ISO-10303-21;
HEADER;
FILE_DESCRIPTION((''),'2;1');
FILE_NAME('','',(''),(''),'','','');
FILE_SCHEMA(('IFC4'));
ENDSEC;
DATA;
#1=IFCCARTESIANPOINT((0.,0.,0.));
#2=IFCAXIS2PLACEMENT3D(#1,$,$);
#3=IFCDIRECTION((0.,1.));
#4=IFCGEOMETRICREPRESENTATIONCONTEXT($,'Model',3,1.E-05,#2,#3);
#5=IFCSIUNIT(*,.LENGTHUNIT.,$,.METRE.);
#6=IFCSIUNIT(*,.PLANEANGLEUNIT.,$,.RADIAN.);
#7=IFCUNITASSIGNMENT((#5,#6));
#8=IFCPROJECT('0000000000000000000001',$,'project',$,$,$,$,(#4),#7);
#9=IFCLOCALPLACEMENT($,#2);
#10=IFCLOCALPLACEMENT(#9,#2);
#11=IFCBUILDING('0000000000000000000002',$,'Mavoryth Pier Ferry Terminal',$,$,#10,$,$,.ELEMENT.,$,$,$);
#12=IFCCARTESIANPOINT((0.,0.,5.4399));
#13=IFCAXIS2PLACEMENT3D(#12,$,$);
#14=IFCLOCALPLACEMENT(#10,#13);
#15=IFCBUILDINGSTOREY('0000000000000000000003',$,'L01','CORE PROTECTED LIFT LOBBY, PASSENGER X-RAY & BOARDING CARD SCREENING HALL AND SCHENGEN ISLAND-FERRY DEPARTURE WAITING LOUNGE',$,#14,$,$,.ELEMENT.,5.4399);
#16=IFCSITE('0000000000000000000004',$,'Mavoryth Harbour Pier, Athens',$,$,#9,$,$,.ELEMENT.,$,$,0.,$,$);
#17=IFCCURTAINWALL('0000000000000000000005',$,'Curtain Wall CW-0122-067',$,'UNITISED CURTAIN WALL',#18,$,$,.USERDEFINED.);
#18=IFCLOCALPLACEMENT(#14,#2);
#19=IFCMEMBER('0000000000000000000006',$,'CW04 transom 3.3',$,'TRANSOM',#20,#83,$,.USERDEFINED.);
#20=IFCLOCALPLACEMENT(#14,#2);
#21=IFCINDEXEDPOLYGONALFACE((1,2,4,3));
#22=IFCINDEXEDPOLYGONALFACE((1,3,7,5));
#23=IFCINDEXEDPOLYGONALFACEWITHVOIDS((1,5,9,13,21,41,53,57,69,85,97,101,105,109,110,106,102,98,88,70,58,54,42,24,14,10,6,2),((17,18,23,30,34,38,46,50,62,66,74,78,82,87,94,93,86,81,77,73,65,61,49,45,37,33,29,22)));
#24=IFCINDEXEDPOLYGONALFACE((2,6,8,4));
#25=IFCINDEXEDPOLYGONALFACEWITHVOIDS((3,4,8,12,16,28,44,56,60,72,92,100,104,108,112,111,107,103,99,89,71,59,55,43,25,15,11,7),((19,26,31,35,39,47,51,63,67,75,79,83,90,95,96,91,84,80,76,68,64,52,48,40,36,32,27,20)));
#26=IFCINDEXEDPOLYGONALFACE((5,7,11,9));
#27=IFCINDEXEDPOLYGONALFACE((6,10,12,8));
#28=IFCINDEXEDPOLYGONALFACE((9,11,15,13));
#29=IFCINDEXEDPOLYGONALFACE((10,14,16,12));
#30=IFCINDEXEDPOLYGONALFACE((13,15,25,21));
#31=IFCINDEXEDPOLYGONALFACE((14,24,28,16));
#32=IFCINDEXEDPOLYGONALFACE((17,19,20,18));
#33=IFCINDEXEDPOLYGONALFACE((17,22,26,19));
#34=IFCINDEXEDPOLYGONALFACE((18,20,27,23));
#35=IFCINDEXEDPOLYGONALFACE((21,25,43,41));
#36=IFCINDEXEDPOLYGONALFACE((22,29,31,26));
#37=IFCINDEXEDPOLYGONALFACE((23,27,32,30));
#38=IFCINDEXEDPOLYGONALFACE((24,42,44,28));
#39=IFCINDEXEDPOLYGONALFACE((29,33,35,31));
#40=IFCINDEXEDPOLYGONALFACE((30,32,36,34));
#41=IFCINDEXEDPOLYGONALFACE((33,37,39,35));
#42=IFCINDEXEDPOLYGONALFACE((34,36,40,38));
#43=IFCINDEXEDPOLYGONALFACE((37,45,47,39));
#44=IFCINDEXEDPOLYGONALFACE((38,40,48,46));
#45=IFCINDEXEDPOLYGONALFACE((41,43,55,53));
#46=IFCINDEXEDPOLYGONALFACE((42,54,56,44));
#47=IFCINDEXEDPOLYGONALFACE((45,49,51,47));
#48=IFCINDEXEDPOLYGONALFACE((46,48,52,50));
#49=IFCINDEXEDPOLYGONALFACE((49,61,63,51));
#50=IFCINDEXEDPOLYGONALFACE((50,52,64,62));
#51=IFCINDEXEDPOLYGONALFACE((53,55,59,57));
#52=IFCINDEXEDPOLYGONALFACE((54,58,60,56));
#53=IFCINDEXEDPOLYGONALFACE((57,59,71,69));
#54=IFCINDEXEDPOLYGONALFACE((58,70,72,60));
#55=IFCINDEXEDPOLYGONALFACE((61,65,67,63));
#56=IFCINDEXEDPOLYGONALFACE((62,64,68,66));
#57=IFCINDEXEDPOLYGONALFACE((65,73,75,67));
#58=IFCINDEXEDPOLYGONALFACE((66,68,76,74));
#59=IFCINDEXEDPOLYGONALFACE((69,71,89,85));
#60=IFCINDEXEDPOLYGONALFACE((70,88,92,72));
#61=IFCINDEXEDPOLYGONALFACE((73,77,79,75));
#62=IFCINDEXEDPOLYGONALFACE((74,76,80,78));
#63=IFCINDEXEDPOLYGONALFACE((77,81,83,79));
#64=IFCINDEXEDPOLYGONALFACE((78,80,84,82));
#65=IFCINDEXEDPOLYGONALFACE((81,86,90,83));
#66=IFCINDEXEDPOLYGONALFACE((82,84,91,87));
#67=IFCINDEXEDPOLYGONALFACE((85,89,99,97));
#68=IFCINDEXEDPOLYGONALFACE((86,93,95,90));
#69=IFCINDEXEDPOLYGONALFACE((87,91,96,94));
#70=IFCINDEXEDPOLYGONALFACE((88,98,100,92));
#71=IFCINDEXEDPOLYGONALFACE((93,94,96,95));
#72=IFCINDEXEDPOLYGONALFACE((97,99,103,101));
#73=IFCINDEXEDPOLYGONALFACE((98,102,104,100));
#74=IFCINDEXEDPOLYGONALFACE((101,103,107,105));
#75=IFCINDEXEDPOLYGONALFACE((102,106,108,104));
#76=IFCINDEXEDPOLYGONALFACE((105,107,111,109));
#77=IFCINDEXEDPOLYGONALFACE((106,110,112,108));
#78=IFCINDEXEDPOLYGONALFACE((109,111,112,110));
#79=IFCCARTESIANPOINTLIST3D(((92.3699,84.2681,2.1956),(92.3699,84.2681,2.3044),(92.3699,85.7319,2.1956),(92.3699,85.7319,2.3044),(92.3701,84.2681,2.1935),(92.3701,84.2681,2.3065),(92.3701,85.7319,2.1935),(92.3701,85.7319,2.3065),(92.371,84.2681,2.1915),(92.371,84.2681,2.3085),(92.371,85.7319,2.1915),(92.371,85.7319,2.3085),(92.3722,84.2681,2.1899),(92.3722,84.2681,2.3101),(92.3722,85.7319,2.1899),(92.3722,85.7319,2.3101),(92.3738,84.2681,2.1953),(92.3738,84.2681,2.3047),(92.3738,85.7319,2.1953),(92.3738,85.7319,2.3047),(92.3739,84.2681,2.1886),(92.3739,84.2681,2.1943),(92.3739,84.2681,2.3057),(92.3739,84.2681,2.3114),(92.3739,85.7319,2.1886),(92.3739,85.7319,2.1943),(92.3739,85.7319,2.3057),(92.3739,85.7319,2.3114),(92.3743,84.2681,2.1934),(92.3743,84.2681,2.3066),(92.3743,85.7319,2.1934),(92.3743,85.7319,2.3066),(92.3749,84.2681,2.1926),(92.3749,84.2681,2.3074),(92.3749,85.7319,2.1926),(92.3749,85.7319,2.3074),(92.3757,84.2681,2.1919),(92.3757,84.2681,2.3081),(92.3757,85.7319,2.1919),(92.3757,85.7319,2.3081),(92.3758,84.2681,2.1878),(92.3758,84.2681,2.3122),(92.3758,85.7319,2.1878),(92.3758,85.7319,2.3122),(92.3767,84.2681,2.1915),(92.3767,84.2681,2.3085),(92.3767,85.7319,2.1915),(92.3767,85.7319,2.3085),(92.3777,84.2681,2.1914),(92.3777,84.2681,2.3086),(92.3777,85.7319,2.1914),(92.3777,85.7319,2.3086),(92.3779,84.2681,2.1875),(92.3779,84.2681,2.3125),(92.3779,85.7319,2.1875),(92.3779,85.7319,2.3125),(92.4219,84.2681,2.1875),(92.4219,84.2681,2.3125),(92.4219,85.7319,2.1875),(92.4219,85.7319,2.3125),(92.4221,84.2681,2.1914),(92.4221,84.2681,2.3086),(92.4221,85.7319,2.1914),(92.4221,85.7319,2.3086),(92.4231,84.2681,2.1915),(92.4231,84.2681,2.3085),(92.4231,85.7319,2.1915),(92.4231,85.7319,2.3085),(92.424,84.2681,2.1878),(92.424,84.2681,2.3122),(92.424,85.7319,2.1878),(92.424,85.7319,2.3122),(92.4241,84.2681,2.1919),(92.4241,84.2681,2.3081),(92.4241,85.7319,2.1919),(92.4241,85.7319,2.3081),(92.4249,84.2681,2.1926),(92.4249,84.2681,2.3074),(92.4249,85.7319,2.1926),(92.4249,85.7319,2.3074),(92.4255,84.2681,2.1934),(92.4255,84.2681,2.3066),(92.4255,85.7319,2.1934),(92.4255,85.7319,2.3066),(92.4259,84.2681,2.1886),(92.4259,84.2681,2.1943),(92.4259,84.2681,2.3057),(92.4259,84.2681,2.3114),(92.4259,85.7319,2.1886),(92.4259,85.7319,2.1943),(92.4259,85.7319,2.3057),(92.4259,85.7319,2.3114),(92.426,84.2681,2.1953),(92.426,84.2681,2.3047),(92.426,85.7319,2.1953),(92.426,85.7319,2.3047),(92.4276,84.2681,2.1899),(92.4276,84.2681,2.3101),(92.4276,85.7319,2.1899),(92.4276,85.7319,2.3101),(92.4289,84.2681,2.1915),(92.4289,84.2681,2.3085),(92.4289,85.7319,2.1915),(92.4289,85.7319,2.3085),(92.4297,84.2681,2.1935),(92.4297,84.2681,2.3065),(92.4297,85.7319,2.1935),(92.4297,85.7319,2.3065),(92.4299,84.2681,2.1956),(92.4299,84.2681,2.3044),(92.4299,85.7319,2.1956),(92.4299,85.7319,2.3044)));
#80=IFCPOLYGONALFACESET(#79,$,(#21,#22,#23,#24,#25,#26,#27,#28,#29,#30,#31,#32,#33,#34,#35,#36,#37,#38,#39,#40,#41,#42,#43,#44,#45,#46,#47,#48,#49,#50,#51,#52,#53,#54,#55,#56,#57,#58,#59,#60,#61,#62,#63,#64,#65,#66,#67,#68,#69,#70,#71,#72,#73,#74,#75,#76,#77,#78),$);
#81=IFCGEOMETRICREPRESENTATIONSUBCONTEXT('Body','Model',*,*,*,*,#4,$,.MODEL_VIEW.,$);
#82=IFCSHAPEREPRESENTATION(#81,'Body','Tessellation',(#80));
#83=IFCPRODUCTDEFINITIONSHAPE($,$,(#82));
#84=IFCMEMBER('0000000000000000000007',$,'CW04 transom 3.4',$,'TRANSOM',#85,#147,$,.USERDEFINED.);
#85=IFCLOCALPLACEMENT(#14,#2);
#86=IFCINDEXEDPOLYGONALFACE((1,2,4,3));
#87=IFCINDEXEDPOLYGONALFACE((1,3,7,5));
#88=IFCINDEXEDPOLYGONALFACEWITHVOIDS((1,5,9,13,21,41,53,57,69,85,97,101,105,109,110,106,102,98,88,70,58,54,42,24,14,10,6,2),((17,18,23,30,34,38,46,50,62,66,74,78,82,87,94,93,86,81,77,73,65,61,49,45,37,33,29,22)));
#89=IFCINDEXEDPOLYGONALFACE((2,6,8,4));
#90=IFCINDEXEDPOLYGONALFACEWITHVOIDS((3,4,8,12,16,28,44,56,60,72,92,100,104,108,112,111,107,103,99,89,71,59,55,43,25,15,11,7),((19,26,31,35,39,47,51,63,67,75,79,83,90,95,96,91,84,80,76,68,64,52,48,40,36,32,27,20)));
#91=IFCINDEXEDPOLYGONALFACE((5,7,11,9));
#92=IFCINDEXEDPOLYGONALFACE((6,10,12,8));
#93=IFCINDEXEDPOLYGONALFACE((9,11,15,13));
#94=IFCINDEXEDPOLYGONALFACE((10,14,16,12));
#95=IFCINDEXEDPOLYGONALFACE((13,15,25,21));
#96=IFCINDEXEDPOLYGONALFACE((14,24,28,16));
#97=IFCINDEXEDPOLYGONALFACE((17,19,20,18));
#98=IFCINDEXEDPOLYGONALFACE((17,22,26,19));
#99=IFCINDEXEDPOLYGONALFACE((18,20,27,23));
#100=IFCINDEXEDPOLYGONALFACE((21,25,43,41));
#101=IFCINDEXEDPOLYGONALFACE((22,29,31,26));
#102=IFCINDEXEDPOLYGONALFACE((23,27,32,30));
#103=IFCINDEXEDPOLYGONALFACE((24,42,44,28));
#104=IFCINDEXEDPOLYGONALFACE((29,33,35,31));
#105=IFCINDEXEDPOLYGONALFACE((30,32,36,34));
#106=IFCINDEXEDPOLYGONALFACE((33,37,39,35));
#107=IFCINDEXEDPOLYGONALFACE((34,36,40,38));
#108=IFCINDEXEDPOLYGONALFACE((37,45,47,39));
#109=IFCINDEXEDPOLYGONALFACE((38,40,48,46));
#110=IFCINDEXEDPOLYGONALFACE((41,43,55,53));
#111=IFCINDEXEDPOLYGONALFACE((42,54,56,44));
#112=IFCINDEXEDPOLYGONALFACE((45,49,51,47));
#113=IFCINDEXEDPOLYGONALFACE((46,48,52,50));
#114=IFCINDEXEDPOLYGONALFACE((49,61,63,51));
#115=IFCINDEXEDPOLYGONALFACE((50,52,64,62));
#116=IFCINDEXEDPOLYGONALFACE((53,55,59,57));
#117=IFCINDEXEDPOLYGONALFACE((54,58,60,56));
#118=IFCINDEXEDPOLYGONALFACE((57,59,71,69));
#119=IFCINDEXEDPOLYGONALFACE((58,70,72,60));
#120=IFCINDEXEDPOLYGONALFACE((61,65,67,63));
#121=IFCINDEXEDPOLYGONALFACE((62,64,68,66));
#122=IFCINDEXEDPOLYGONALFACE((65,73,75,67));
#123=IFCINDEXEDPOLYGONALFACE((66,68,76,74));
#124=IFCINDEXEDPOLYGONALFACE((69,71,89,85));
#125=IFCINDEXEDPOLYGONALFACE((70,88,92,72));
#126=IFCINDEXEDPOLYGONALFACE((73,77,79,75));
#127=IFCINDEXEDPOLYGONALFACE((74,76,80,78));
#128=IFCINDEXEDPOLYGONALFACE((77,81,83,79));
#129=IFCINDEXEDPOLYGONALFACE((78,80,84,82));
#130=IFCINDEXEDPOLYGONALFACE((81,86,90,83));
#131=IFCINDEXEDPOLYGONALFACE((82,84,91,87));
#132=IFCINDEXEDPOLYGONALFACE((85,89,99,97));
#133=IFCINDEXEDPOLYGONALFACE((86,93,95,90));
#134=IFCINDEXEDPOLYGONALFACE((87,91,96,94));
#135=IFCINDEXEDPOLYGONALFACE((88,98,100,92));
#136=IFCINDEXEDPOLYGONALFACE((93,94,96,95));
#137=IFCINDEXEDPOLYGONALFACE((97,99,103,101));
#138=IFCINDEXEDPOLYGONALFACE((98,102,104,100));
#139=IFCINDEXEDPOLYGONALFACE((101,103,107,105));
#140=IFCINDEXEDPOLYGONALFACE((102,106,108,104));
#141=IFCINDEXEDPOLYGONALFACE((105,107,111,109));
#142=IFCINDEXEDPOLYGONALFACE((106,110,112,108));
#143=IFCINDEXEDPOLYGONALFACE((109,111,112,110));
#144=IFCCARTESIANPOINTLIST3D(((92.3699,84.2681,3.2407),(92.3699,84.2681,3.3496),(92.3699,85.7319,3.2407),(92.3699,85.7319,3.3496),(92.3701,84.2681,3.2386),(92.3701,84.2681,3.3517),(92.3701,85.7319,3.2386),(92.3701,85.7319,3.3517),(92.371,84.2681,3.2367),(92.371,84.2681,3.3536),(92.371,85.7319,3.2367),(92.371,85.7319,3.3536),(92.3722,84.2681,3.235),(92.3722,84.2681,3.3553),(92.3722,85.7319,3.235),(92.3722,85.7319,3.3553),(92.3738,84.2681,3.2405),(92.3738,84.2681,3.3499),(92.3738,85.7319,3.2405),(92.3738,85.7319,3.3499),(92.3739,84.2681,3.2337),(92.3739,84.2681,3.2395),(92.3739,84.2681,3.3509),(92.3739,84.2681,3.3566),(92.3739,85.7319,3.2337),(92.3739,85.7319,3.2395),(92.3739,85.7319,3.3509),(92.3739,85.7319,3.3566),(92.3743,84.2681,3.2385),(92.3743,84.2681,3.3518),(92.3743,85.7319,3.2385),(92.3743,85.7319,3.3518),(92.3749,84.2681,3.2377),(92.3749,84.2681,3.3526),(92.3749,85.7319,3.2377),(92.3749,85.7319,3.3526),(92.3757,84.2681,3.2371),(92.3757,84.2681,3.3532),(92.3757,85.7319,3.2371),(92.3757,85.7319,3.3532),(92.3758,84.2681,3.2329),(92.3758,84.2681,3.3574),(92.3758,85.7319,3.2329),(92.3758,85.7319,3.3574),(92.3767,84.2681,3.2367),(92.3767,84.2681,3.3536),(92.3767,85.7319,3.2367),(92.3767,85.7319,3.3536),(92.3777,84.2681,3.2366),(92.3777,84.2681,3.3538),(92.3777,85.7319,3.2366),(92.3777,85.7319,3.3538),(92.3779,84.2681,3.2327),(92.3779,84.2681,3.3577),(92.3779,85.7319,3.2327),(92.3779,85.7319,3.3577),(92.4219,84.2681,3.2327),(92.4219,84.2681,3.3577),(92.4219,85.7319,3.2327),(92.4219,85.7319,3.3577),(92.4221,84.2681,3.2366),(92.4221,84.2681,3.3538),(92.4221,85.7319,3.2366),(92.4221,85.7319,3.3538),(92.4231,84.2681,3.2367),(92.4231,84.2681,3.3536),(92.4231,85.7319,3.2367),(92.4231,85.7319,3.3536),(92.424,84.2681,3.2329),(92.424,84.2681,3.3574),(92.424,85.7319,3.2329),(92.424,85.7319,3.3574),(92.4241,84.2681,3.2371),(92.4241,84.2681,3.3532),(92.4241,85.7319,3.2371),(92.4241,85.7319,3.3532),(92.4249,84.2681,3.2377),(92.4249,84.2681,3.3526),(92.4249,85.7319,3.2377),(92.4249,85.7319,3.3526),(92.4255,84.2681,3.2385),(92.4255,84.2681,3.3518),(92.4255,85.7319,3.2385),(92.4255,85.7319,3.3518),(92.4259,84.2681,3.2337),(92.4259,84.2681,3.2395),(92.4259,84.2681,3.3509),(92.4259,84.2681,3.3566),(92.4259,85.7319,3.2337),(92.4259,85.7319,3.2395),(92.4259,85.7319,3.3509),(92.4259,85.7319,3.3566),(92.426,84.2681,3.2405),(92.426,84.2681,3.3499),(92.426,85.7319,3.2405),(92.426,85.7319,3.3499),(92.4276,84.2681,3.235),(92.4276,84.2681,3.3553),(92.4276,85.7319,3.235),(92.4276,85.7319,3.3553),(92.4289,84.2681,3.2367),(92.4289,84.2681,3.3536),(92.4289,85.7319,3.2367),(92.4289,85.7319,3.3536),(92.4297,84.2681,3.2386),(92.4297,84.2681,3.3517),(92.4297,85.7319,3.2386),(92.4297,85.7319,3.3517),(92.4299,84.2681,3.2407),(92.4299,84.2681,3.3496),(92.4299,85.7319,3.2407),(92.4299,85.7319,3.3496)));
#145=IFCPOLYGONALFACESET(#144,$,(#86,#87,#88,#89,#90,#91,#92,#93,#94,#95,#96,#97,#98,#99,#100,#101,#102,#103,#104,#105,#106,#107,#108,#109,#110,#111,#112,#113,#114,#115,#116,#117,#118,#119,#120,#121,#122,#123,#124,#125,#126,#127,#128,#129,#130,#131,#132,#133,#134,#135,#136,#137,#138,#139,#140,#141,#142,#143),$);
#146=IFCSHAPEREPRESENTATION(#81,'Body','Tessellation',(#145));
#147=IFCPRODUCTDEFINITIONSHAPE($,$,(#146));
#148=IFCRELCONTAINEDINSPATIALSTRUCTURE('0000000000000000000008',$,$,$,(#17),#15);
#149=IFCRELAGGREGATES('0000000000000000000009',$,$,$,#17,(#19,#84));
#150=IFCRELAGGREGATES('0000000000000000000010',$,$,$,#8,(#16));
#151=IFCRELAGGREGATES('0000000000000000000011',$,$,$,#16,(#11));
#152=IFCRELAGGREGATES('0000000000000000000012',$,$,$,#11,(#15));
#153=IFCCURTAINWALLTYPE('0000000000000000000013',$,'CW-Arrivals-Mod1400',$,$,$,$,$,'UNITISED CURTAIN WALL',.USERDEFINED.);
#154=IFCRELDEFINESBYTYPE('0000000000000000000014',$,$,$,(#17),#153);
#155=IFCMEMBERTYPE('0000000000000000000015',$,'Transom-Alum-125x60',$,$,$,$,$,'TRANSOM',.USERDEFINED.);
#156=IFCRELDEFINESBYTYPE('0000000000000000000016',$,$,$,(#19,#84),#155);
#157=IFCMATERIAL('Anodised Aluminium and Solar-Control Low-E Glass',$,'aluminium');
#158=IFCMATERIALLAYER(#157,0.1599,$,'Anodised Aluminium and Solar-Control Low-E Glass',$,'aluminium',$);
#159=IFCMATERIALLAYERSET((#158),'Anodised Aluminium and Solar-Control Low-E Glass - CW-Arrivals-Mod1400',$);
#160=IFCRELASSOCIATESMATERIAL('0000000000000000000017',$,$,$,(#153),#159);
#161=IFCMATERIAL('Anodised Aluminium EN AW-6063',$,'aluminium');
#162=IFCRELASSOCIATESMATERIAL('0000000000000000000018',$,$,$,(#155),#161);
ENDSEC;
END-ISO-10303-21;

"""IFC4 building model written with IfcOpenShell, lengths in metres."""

from ifc_helpers import new_model, si_unit, direction, frame, origin, origin_2d, place, context, subcontext, project, spatial, hollow_rectangle, extrude, material, layer, layer_set, material_profile, profile_set, type_object, element, aggregate, save


model = new_model("IFC4")

# Units and contexts
model_context = context("Model", 3, precision=1e-05, world=origin(), true_north=direction((0.0, 1.0)))
body_context = subcontext(model_context, "Body", "Model", "MODEL_VIEW")
ifc_project = project(units=[si_unit("LENGTHUNIT", "METRE"), si_unit("PLANEANGLEUNIT", "RADIAN")], contexts=[model_context])

# Site, building, storey
site_placement = place(None, origin())
site = spatial("IfcSite", under=ifc_project, at=site_placement, Name="Mavoryth Harbour Pier, Athens", CompositionType="ELEMENT", RefElevation=0.0)
building_placement = place(site_placement, origin())
building = spatial("IfcBuilding", under=site, at=building_placement, Name="Mavoryth Pier Ferry Terminal", CompositionType="ELEMENT")
storey_placement = place(building_placement, frame((0.0, 0.0, 5.4399)))
storey = spatial("IfcBuildingStorey", under=building, at=storey_placement, Name="L01", Description="CORE PROTECTED LIFT LOBBY, PASSENGER X-RAY & BOARDING CARD SCREENING HALL AND SCHENGEN ISLAND-FERRY DEPARTURE WAITING LOUNGE", CompositionType="ELEMENT", Elevation=5.4399)

# Curtain wall
ifc_material_1 = material(Name="Anodised Aluminium and Solar-Control Low-E Glass", Category="aluminium")
ifc_layer_1 = layer(ifc_material_1, 0.1599, Name="Anodised Aluminium and Solar-Control Low-E Glass", Category="aluminium")
ifc_layer_set_1 = layer_set([ifc_layer_1], Name="Anodised Aluminium and Solar-Control Low-E Glass - CW-Arrivals-Mod1400")
curtain_wall_type = type_object("IfcCurtainWallType", Name="CW-Arrivals-Mod1400", ElementType="UNITISED CURTAIN WALL", PredefinedType="USERDEFINED", material=ifc_layer_set_1)
curtain_wall_1_placement = place(storey_placement, origin())
curtain_wall_1 = element("IfcCurtainWall", 1, at=curtain_wall_1_placement, inside=storey, type_object=curtain_wall_type, Name="Curtain Wall CW-0122-067", ObjectType="UNITISED CURTAIN WALL", PredefinedType="USERDEFINED")
ifc_material_2 = material(Name="Anodised Aluminium EN AW-6063", Category="aluminium")

# Members
ifc_material_profile_1 = material_profile(ifc_material_2, hollow_rectangle(XDim=0.0601, YDim=0.125, WallThickness=0.0039, InnerFilletRadius=0.0039, OuterFilletRadius=0.0081, at=origin_2d()), Name="AL-TRAN 125x60x4", Category="aluminium")
ifc_profile_set_1 = profile_set([ifc_material_profile_1], Name="Anodised Aluminium EN AW-6063 - AL-TRAN 125x60x4")
member_type_1 = type_object("IfcMemberType", Name="Transom-Alum-125x60", ElementType="TRANSOM", PredefinedType="USERDEFINED", material=ifc_profile_set_1)
member_1_placement = place(storey_placement, frame((92.3999, 84.2681, 2.25), z_axis=(0.0, 1.0, 0.0), x_axis=(-1.0, 0.0, 0.0)))
member_1 = element("IfcMember", 2, at=member_1_placement, type_object=member_type_1, Name="CW04 transom 3.3", ObjectType="TRANSOM", PredefinedType="USERDEFINED", context=body_context, shape_type="SweptSolid", body=[
    extrude(hollow_rectangle(XDim=0.0601, YDim=0.125, WallThickness=0.0039, InnerFilletRadius=0.0039, OuterFilletRadius=0.0081, at=origin_2d()), origin(), (0.0, 0.0, 1.0), 1.4639),
])
member_2_placement = place(storey_placement, frame((92.3999, 84.2681, 3.2952), z_axis=(0.0, 1.0, 0.0), x_axis=(-1.0, 0.0, 0.0)))
member_2 = element("IfcMember", 3, at=member_2_placement, type_object=member_type_1, Name="CW04 transom 3.4", ObjectType="TRANSOM", PredefinedType="USERDEFINED", context=body_context, shape_type="SweptSolid", body=[
    extrude(hollow_rectangle(XDim=0.0601, YDim=0.125, WallThickness=0.0039, InnerFilletRadius=0.0039, OuterFilletRadius=0.0081, at=origin_2d()), origin(), (0.0, 0.0, 1.0), 1.4639),
])

aggregate(curtain_wall_1, [member_1, member_2])

save(model, "model.ifc")
